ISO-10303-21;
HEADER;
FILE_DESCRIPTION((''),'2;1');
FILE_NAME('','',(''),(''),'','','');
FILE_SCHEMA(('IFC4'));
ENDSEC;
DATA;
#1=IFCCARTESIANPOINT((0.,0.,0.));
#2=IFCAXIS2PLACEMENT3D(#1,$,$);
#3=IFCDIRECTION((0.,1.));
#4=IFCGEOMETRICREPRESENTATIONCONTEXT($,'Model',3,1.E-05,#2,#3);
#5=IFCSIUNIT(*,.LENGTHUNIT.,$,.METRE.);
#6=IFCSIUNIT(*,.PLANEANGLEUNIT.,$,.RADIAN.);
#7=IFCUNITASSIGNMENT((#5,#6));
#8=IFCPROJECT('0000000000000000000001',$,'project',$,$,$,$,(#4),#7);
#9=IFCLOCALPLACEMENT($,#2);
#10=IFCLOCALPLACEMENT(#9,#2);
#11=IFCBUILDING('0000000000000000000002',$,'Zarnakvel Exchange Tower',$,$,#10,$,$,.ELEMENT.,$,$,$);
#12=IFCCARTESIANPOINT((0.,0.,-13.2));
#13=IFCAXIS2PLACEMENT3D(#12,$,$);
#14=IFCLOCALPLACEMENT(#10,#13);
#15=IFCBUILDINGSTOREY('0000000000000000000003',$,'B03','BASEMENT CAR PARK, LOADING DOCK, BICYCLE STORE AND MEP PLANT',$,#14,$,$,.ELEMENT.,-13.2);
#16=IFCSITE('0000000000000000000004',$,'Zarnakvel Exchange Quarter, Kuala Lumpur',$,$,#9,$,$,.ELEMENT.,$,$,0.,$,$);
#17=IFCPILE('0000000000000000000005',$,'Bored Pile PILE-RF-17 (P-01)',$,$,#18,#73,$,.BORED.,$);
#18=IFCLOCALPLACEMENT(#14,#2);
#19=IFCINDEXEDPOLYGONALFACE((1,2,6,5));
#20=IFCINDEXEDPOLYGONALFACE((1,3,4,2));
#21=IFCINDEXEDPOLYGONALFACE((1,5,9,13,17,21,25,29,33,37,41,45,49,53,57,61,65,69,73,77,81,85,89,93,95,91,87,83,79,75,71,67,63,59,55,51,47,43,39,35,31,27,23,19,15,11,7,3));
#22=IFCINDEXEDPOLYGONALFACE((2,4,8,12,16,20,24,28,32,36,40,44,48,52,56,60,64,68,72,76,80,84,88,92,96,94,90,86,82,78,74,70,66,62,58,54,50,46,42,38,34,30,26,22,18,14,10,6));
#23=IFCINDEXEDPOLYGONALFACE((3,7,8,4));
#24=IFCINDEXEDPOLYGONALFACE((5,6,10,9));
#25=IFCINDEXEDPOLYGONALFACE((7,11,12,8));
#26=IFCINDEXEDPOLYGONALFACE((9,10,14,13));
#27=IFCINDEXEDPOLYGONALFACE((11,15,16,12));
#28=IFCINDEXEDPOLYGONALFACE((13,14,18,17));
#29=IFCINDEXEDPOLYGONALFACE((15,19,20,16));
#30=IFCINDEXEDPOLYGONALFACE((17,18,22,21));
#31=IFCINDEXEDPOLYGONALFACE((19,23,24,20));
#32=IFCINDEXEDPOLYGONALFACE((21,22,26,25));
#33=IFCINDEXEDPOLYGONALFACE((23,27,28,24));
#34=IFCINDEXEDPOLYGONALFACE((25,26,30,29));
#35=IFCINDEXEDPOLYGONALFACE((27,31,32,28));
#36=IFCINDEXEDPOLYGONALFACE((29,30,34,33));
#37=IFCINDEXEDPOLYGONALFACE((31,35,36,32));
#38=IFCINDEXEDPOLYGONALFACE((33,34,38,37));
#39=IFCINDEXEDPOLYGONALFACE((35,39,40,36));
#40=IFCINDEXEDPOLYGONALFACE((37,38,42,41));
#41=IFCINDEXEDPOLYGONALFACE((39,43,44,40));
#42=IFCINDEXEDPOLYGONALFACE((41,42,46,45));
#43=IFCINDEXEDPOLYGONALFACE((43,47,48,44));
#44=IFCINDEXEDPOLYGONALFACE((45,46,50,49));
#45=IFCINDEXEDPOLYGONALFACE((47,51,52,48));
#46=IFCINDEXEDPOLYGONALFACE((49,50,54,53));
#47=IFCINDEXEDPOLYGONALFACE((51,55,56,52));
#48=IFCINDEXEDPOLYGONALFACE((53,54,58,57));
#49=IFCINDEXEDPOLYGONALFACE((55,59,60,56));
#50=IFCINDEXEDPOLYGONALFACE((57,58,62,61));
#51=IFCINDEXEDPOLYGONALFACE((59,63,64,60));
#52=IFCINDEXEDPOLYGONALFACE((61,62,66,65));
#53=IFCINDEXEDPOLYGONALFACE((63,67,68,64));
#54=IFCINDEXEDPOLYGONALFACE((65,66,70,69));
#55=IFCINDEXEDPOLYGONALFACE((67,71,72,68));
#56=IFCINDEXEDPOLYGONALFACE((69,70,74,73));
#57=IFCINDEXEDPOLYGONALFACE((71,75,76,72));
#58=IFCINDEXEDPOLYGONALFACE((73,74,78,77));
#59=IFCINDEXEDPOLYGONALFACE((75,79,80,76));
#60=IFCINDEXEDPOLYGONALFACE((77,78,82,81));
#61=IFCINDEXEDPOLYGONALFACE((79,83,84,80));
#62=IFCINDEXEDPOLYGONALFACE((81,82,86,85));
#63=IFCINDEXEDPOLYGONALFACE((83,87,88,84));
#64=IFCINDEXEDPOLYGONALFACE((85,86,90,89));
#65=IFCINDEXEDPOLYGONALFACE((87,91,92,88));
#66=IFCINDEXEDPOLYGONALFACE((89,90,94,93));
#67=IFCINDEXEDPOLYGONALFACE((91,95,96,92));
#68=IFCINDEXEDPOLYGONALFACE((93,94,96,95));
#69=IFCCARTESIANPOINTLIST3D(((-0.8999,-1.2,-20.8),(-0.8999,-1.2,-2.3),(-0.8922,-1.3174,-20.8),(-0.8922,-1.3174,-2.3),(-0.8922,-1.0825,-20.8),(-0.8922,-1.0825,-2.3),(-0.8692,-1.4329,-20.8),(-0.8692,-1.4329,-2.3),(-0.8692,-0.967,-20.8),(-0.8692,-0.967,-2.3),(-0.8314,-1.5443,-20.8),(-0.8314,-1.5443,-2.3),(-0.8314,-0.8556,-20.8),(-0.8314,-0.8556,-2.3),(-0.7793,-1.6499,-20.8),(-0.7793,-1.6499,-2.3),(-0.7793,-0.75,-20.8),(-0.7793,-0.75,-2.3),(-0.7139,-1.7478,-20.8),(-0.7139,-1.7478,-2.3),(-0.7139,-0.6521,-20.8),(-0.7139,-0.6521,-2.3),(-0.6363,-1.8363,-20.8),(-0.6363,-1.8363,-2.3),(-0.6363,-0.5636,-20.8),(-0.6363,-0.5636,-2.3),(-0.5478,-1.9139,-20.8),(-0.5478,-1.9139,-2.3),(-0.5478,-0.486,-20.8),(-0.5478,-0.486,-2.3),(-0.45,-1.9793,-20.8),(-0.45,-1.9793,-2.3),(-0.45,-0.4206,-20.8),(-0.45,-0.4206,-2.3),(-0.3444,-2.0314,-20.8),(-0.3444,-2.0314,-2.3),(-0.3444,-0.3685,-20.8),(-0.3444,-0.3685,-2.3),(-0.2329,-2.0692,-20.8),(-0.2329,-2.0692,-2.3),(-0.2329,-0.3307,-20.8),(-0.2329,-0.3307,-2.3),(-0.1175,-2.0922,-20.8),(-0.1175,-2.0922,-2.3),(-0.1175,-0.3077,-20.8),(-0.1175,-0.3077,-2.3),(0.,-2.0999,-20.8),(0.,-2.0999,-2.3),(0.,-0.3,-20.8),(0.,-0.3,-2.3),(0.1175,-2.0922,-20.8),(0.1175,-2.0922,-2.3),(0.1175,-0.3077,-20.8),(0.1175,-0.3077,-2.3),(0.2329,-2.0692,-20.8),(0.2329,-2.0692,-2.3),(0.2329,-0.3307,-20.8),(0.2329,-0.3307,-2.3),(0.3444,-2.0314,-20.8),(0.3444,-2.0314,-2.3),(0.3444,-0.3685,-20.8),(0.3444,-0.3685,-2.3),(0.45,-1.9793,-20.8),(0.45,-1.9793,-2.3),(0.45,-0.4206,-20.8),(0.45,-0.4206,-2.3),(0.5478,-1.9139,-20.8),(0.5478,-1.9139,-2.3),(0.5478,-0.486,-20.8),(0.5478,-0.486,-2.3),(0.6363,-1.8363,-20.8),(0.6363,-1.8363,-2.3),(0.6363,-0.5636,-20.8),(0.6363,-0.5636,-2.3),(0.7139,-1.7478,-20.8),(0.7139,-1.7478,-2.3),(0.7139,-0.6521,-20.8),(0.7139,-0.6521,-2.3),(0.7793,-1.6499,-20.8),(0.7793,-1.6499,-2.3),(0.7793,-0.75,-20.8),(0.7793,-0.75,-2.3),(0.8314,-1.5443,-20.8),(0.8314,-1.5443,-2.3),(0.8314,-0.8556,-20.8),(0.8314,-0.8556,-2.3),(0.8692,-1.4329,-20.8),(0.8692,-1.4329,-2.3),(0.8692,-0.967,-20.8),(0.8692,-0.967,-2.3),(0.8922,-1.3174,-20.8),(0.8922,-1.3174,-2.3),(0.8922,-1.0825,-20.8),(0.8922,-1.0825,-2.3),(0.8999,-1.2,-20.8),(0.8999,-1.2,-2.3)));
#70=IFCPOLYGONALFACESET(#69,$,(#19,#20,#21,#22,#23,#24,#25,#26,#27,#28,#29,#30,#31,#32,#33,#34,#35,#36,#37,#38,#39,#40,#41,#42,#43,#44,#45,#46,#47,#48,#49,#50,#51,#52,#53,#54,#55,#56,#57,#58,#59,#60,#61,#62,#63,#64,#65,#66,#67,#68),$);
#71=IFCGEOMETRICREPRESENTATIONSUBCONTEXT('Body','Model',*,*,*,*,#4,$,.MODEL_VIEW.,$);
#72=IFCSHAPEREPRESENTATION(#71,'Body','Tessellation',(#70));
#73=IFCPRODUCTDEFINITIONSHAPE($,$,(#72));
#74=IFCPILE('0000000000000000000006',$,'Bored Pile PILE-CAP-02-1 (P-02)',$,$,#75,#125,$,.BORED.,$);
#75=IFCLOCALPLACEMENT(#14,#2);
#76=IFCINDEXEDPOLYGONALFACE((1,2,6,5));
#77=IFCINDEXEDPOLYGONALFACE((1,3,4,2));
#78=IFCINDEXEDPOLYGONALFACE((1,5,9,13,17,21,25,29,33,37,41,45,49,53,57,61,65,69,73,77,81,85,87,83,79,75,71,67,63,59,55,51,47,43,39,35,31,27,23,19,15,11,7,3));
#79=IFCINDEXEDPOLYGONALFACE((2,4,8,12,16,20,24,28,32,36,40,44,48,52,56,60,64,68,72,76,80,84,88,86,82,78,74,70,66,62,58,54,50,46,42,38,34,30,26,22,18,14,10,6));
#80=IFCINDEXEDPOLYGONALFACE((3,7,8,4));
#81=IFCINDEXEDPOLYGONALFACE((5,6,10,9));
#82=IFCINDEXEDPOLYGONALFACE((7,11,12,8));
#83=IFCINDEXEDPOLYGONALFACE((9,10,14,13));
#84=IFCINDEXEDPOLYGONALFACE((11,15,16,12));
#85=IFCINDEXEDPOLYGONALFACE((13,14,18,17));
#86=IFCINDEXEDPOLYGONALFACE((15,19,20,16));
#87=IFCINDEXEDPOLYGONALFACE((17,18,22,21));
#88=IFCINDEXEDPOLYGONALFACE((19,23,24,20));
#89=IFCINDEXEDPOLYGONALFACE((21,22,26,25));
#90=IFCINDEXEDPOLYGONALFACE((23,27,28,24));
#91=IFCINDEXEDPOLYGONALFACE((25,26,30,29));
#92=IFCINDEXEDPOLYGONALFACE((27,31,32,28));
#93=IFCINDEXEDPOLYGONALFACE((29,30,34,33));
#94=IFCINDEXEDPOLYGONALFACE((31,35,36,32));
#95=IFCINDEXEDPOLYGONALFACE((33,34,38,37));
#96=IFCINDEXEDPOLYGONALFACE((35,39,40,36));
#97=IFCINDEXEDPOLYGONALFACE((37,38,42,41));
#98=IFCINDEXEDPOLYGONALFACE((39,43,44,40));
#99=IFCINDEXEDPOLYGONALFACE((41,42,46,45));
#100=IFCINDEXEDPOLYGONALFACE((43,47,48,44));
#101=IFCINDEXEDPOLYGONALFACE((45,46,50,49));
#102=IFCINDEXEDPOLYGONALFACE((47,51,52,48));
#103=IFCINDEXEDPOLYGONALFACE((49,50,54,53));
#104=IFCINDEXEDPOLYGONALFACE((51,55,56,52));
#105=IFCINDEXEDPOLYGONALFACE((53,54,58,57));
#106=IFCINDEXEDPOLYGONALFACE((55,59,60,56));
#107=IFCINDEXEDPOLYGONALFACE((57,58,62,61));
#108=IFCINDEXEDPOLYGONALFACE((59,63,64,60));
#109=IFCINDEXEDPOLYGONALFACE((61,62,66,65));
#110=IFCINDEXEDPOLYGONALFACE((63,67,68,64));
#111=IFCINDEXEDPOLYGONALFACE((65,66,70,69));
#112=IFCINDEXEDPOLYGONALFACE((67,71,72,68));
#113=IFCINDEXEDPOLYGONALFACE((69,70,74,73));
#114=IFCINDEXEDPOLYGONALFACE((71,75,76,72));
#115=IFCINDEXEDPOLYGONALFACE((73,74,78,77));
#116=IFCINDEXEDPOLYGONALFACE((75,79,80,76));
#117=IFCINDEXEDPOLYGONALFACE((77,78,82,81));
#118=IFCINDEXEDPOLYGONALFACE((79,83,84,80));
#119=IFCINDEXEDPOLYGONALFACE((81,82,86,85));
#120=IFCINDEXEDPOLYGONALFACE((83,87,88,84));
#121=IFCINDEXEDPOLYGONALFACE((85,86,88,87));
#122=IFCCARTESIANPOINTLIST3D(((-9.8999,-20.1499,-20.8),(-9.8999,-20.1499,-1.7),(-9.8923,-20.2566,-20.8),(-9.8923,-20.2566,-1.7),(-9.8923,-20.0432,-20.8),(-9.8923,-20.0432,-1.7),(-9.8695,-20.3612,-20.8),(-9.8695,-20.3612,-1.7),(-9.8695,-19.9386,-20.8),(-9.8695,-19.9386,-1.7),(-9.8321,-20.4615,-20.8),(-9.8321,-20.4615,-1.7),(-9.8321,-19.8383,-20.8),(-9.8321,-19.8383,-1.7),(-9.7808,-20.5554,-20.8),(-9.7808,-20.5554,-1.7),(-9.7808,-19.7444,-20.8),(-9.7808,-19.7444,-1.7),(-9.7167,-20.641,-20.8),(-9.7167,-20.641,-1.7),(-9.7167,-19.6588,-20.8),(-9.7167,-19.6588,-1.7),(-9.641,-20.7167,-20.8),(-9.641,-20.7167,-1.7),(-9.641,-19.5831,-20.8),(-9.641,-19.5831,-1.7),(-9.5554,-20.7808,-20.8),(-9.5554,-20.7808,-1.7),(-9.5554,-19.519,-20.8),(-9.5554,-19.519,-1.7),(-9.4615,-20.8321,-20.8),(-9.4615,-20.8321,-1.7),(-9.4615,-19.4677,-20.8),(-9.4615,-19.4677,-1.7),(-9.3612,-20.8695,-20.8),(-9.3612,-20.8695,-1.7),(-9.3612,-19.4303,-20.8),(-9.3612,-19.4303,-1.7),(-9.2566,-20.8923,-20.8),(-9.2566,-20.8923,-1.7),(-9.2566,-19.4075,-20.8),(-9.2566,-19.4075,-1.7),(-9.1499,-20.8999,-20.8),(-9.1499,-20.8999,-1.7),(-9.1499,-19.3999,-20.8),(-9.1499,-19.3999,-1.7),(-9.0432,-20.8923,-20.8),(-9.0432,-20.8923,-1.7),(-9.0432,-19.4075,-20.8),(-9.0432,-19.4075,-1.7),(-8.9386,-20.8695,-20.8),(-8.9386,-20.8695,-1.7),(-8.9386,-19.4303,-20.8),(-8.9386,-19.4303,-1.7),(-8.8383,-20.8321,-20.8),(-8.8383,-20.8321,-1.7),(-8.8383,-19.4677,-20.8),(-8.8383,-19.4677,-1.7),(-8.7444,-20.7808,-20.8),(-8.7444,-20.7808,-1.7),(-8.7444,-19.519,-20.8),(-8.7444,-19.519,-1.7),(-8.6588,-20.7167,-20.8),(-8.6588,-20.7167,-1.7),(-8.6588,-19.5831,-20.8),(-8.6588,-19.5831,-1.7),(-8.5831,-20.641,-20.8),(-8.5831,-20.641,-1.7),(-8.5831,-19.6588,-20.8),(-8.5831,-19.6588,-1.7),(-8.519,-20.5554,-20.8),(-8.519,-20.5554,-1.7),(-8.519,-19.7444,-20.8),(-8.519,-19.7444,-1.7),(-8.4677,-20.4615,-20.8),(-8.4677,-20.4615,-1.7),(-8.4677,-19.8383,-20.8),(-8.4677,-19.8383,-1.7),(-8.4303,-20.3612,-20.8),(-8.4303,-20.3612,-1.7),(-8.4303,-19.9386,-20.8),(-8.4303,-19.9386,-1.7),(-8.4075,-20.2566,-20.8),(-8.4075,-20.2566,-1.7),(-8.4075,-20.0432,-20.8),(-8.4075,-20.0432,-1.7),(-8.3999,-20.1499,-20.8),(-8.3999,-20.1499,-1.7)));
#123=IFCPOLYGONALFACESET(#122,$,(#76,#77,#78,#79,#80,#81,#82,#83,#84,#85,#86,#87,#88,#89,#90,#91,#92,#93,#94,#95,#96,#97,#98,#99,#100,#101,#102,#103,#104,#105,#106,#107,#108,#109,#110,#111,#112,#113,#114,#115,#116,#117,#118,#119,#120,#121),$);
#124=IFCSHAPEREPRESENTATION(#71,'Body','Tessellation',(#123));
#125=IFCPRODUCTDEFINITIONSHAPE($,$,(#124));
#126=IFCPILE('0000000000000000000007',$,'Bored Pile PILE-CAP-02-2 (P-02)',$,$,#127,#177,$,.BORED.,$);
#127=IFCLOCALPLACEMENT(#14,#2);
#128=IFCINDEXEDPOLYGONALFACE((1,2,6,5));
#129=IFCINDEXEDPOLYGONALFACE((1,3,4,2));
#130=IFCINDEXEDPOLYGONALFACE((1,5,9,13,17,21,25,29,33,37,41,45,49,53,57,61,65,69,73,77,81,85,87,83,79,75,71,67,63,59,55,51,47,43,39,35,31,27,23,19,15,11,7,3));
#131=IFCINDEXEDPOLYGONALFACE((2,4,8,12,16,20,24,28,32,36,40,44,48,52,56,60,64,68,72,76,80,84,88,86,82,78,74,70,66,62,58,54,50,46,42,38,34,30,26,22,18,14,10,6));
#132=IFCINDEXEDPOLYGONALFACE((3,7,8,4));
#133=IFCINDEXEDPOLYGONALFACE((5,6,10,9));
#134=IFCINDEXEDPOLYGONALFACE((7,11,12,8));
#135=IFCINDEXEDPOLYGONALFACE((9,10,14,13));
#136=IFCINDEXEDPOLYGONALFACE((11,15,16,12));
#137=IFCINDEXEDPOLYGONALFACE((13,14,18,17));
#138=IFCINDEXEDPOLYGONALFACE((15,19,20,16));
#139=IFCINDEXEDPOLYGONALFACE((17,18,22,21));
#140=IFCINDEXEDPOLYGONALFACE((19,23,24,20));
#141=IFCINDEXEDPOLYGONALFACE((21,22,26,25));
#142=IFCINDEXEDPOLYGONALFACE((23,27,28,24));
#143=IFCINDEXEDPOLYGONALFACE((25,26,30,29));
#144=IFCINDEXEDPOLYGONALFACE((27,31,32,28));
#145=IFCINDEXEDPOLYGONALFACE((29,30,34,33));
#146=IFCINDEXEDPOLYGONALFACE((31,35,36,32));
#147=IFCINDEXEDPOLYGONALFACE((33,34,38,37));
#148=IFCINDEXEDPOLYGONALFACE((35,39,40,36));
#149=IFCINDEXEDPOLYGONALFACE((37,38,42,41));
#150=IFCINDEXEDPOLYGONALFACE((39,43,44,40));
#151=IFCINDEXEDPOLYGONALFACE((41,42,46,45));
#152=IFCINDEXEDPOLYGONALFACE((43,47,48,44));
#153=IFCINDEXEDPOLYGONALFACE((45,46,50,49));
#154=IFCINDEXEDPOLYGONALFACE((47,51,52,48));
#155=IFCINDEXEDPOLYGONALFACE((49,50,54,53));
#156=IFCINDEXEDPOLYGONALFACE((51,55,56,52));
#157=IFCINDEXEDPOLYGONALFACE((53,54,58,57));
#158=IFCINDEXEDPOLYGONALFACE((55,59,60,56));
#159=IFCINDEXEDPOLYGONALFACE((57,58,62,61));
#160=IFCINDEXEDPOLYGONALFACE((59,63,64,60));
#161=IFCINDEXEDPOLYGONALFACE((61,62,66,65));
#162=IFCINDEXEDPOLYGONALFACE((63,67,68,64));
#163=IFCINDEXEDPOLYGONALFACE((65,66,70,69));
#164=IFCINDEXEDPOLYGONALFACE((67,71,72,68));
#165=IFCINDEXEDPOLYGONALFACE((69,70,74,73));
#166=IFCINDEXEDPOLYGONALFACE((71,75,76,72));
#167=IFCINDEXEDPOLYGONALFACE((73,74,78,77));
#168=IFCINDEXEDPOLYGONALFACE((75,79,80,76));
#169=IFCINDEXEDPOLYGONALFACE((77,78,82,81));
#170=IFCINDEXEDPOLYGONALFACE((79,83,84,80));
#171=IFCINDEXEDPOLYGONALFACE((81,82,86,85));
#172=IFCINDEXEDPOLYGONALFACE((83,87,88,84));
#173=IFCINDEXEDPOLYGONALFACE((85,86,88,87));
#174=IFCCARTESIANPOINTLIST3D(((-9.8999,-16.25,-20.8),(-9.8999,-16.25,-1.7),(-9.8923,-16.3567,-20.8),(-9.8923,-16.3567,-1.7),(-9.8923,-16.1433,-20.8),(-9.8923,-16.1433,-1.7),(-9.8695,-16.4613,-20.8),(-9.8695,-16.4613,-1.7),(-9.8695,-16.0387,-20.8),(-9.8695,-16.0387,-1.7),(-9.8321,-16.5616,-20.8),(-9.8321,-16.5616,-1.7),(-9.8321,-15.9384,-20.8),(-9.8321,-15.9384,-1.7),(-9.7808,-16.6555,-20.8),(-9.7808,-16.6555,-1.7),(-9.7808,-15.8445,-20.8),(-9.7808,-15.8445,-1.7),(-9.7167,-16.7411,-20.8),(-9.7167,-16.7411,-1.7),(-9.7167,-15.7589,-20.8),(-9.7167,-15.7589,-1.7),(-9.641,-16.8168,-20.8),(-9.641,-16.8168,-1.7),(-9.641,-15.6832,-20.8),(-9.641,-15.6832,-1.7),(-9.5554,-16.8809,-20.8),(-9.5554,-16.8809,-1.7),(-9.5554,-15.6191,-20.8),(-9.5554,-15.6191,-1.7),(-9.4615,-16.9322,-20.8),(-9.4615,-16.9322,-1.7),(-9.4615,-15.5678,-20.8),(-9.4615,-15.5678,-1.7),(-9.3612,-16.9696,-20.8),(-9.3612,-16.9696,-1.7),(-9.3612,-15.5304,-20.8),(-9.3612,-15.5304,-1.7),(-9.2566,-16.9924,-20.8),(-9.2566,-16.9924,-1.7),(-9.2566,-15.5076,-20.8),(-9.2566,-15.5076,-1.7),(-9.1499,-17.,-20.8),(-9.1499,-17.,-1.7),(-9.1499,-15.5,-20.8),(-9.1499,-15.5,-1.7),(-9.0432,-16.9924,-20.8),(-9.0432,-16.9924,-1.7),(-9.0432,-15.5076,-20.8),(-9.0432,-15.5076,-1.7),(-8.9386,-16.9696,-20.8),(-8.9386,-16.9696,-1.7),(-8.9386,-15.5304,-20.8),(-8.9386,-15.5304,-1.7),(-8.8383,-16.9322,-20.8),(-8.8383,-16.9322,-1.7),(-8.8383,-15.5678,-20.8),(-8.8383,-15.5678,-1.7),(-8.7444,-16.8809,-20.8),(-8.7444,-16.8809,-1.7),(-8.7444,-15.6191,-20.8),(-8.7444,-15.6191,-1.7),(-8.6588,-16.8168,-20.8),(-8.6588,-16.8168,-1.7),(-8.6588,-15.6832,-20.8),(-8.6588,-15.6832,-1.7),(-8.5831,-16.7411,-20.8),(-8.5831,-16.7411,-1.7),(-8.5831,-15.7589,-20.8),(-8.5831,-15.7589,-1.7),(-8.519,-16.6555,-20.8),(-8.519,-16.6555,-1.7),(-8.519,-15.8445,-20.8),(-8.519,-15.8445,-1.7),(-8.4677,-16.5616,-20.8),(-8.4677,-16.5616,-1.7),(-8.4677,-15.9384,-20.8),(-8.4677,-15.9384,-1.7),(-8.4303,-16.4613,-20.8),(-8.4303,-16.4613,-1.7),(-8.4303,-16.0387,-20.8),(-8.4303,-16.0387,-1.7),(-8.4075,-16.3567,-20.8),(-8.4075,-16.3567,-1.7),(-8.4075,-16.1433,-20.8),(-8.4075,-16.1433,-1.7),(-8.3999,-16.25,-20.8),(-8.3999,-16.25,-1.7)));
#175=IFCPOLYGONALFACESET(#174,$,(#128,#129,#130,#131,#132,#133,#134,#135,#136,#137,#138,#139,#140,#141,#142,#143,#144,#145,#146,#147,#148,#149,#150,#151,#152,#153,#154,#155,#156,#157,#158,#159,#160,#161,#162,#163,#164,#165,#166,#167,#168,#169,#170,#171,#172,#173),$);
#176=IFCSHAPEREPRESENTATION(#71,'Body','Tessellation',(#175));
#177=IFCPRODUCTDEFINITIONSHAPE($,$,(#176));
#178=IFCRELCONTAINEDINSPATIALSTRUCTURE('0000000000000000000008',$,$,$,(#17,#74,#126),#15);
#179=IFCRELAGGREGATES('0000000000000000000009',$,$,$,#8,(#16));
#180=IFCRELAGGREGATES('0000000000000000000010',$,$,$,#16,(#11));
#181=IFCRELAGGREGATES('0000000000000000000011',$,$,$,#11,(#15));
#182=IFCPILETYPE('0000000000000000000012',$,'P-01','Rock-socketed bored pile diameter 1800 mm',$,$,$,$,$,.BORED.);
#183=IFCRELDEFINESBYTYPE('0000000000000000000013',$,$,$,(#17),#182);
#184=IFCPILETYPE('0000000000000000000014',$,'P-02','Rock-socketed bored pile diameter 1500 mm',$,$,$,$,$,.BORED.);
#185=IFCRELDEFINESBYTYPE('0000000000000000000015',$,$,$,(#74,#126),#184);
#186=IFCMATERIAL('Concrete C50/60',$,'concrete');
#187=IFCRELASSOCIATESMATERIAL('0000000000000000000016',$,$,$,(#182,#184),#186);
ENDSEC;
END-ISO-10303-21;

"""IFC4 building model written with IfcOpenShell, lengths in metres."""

from ifc_helpers import new_model, si_unit, direction, frame, origin, origin_2d, place, context, subcontext, project, spatial, circle, extrude, material, material_profile, profile_set, type_object, element, save


model = new_model("IFC4")

# Units and contexts
model_context = context("Model", 3, precision=1e-05, world=origin(), true_north=direction((0.0, 1.0)))
body_context = subcontext(model_context, "Body", "Model", "MODEL_VIEW")
ifc_project = project(units=[si_unit("LENGTHUNIT", "METRE"), si_unit("PLANEANGLEUNIT", "RADIAN")], contexts=[model_context])

# Site, building, storey
site_placement = place(None, origin())
site = spatial("IfcSite", under=ifc_project, at=site_placement, Name="Zarnakvel Exchange Quarter, Kuala Lumpur", CompositionType="ELEMENT", RefElevation=0.0)
building_placement = place(site_placement, origin())
building = spatial("IfcBuilding", under=site, at=building_placement, Name="Zarnakvel Exchange Tower", CompositionType="ELEMENT")
storey_placement = place(building_placement, frame((0.0, 0.0, -13.2)))
storey = spatial("IfcBuildingStorey", under=building, at=storey_placement, Name="B03", Description="BASEMENT CAR PARK, LOADING DOCK, BICYCLE STORE AND MEP PLANT", CompositionType="ELEMENT", Elevation=-13.2)

# Shared definitions
ifc_material_1 = material(Name="Concrete C50/60", Category="concrete")

# Piles
ifc_material_profile_1 = material_profile(ifc_material_1, circle(Radius=0.8999, at=origin_2d()))
ifc_profile_set_1 = profile_set([ifc_material_profile_1], Name="Concrete C50/60")
pile_type_1 = type_object("IfcPileType", Name="P-01", Description="Rock-socketed bored pile diameter 1800 mm", PredefinedType="BORED", material=ifc_profile_set_1)
for number, where, z_axis, x_axis, name in (
    (1, (0.0, -1.2, -2.3), (0.0, 0.0, -1.0), (1.0, 0.0, 0.0), "Bored Pile PILE-RF-17 (P-01)"),
):
    element("IfcPile", number, at=place(storey_placement, frame(where, z_axis=z_axis, x_axis=x_axis)), inside=storey, type_object=pile_type_1, Name=name, PredefinedType="BORED", context=body_context, shape_type="SweptSolid", body=[
        extrude(circle(Radius=0.8999, at=origin_2d()), origin(), (0.0, 0.0, 1.0), 18.5),
    ])
ifc_material_profile_2 = material_profile(ifc_material_1, circle(Radius=0.75, at=origin_2d()))
ifc_profile_set_2 = profile_set([ifc_material_profile_2], Name="Concrete C50/60")
pile_type_2 = type_object("IfcPileType", Name="P-02", Description="Rock-socketed bored pile diameter 1500 mm", PredefinedType="BORED", material=ifc_profile_set_2)
for number, where, z_axis, x_axis, name in (
    (2, (-9.1499, -20.1499, -1.7), (0.0, 0.0, -1.0), (1.0, 0.0, 0.0), "Bored Pile PILE-CAP-02-1 (P-02)"),
    (3, (-9.1499, -16.25, -1.7), (0.0, 0.0, -1.0), (1.0, 0.0, 0.0), "Bored Pile PILE-CAP-02-2 (P-02)"),
):
    element("IfcPile", number, at=place(storey_placement, frame(where, z_axis=z_axis, x_axis=x_axis)), inside=storey, type_object=pile_type_2, Name=name, PredefinedType="BORED", context=body_context, shape_type="SweptSolid", body=[
        extrude(circle(Radius=0.75, at=origin_2d()), origin(), (0.0, 0.0, 1.0), 19.1001),
    ])

save(model, "model.ifc")
